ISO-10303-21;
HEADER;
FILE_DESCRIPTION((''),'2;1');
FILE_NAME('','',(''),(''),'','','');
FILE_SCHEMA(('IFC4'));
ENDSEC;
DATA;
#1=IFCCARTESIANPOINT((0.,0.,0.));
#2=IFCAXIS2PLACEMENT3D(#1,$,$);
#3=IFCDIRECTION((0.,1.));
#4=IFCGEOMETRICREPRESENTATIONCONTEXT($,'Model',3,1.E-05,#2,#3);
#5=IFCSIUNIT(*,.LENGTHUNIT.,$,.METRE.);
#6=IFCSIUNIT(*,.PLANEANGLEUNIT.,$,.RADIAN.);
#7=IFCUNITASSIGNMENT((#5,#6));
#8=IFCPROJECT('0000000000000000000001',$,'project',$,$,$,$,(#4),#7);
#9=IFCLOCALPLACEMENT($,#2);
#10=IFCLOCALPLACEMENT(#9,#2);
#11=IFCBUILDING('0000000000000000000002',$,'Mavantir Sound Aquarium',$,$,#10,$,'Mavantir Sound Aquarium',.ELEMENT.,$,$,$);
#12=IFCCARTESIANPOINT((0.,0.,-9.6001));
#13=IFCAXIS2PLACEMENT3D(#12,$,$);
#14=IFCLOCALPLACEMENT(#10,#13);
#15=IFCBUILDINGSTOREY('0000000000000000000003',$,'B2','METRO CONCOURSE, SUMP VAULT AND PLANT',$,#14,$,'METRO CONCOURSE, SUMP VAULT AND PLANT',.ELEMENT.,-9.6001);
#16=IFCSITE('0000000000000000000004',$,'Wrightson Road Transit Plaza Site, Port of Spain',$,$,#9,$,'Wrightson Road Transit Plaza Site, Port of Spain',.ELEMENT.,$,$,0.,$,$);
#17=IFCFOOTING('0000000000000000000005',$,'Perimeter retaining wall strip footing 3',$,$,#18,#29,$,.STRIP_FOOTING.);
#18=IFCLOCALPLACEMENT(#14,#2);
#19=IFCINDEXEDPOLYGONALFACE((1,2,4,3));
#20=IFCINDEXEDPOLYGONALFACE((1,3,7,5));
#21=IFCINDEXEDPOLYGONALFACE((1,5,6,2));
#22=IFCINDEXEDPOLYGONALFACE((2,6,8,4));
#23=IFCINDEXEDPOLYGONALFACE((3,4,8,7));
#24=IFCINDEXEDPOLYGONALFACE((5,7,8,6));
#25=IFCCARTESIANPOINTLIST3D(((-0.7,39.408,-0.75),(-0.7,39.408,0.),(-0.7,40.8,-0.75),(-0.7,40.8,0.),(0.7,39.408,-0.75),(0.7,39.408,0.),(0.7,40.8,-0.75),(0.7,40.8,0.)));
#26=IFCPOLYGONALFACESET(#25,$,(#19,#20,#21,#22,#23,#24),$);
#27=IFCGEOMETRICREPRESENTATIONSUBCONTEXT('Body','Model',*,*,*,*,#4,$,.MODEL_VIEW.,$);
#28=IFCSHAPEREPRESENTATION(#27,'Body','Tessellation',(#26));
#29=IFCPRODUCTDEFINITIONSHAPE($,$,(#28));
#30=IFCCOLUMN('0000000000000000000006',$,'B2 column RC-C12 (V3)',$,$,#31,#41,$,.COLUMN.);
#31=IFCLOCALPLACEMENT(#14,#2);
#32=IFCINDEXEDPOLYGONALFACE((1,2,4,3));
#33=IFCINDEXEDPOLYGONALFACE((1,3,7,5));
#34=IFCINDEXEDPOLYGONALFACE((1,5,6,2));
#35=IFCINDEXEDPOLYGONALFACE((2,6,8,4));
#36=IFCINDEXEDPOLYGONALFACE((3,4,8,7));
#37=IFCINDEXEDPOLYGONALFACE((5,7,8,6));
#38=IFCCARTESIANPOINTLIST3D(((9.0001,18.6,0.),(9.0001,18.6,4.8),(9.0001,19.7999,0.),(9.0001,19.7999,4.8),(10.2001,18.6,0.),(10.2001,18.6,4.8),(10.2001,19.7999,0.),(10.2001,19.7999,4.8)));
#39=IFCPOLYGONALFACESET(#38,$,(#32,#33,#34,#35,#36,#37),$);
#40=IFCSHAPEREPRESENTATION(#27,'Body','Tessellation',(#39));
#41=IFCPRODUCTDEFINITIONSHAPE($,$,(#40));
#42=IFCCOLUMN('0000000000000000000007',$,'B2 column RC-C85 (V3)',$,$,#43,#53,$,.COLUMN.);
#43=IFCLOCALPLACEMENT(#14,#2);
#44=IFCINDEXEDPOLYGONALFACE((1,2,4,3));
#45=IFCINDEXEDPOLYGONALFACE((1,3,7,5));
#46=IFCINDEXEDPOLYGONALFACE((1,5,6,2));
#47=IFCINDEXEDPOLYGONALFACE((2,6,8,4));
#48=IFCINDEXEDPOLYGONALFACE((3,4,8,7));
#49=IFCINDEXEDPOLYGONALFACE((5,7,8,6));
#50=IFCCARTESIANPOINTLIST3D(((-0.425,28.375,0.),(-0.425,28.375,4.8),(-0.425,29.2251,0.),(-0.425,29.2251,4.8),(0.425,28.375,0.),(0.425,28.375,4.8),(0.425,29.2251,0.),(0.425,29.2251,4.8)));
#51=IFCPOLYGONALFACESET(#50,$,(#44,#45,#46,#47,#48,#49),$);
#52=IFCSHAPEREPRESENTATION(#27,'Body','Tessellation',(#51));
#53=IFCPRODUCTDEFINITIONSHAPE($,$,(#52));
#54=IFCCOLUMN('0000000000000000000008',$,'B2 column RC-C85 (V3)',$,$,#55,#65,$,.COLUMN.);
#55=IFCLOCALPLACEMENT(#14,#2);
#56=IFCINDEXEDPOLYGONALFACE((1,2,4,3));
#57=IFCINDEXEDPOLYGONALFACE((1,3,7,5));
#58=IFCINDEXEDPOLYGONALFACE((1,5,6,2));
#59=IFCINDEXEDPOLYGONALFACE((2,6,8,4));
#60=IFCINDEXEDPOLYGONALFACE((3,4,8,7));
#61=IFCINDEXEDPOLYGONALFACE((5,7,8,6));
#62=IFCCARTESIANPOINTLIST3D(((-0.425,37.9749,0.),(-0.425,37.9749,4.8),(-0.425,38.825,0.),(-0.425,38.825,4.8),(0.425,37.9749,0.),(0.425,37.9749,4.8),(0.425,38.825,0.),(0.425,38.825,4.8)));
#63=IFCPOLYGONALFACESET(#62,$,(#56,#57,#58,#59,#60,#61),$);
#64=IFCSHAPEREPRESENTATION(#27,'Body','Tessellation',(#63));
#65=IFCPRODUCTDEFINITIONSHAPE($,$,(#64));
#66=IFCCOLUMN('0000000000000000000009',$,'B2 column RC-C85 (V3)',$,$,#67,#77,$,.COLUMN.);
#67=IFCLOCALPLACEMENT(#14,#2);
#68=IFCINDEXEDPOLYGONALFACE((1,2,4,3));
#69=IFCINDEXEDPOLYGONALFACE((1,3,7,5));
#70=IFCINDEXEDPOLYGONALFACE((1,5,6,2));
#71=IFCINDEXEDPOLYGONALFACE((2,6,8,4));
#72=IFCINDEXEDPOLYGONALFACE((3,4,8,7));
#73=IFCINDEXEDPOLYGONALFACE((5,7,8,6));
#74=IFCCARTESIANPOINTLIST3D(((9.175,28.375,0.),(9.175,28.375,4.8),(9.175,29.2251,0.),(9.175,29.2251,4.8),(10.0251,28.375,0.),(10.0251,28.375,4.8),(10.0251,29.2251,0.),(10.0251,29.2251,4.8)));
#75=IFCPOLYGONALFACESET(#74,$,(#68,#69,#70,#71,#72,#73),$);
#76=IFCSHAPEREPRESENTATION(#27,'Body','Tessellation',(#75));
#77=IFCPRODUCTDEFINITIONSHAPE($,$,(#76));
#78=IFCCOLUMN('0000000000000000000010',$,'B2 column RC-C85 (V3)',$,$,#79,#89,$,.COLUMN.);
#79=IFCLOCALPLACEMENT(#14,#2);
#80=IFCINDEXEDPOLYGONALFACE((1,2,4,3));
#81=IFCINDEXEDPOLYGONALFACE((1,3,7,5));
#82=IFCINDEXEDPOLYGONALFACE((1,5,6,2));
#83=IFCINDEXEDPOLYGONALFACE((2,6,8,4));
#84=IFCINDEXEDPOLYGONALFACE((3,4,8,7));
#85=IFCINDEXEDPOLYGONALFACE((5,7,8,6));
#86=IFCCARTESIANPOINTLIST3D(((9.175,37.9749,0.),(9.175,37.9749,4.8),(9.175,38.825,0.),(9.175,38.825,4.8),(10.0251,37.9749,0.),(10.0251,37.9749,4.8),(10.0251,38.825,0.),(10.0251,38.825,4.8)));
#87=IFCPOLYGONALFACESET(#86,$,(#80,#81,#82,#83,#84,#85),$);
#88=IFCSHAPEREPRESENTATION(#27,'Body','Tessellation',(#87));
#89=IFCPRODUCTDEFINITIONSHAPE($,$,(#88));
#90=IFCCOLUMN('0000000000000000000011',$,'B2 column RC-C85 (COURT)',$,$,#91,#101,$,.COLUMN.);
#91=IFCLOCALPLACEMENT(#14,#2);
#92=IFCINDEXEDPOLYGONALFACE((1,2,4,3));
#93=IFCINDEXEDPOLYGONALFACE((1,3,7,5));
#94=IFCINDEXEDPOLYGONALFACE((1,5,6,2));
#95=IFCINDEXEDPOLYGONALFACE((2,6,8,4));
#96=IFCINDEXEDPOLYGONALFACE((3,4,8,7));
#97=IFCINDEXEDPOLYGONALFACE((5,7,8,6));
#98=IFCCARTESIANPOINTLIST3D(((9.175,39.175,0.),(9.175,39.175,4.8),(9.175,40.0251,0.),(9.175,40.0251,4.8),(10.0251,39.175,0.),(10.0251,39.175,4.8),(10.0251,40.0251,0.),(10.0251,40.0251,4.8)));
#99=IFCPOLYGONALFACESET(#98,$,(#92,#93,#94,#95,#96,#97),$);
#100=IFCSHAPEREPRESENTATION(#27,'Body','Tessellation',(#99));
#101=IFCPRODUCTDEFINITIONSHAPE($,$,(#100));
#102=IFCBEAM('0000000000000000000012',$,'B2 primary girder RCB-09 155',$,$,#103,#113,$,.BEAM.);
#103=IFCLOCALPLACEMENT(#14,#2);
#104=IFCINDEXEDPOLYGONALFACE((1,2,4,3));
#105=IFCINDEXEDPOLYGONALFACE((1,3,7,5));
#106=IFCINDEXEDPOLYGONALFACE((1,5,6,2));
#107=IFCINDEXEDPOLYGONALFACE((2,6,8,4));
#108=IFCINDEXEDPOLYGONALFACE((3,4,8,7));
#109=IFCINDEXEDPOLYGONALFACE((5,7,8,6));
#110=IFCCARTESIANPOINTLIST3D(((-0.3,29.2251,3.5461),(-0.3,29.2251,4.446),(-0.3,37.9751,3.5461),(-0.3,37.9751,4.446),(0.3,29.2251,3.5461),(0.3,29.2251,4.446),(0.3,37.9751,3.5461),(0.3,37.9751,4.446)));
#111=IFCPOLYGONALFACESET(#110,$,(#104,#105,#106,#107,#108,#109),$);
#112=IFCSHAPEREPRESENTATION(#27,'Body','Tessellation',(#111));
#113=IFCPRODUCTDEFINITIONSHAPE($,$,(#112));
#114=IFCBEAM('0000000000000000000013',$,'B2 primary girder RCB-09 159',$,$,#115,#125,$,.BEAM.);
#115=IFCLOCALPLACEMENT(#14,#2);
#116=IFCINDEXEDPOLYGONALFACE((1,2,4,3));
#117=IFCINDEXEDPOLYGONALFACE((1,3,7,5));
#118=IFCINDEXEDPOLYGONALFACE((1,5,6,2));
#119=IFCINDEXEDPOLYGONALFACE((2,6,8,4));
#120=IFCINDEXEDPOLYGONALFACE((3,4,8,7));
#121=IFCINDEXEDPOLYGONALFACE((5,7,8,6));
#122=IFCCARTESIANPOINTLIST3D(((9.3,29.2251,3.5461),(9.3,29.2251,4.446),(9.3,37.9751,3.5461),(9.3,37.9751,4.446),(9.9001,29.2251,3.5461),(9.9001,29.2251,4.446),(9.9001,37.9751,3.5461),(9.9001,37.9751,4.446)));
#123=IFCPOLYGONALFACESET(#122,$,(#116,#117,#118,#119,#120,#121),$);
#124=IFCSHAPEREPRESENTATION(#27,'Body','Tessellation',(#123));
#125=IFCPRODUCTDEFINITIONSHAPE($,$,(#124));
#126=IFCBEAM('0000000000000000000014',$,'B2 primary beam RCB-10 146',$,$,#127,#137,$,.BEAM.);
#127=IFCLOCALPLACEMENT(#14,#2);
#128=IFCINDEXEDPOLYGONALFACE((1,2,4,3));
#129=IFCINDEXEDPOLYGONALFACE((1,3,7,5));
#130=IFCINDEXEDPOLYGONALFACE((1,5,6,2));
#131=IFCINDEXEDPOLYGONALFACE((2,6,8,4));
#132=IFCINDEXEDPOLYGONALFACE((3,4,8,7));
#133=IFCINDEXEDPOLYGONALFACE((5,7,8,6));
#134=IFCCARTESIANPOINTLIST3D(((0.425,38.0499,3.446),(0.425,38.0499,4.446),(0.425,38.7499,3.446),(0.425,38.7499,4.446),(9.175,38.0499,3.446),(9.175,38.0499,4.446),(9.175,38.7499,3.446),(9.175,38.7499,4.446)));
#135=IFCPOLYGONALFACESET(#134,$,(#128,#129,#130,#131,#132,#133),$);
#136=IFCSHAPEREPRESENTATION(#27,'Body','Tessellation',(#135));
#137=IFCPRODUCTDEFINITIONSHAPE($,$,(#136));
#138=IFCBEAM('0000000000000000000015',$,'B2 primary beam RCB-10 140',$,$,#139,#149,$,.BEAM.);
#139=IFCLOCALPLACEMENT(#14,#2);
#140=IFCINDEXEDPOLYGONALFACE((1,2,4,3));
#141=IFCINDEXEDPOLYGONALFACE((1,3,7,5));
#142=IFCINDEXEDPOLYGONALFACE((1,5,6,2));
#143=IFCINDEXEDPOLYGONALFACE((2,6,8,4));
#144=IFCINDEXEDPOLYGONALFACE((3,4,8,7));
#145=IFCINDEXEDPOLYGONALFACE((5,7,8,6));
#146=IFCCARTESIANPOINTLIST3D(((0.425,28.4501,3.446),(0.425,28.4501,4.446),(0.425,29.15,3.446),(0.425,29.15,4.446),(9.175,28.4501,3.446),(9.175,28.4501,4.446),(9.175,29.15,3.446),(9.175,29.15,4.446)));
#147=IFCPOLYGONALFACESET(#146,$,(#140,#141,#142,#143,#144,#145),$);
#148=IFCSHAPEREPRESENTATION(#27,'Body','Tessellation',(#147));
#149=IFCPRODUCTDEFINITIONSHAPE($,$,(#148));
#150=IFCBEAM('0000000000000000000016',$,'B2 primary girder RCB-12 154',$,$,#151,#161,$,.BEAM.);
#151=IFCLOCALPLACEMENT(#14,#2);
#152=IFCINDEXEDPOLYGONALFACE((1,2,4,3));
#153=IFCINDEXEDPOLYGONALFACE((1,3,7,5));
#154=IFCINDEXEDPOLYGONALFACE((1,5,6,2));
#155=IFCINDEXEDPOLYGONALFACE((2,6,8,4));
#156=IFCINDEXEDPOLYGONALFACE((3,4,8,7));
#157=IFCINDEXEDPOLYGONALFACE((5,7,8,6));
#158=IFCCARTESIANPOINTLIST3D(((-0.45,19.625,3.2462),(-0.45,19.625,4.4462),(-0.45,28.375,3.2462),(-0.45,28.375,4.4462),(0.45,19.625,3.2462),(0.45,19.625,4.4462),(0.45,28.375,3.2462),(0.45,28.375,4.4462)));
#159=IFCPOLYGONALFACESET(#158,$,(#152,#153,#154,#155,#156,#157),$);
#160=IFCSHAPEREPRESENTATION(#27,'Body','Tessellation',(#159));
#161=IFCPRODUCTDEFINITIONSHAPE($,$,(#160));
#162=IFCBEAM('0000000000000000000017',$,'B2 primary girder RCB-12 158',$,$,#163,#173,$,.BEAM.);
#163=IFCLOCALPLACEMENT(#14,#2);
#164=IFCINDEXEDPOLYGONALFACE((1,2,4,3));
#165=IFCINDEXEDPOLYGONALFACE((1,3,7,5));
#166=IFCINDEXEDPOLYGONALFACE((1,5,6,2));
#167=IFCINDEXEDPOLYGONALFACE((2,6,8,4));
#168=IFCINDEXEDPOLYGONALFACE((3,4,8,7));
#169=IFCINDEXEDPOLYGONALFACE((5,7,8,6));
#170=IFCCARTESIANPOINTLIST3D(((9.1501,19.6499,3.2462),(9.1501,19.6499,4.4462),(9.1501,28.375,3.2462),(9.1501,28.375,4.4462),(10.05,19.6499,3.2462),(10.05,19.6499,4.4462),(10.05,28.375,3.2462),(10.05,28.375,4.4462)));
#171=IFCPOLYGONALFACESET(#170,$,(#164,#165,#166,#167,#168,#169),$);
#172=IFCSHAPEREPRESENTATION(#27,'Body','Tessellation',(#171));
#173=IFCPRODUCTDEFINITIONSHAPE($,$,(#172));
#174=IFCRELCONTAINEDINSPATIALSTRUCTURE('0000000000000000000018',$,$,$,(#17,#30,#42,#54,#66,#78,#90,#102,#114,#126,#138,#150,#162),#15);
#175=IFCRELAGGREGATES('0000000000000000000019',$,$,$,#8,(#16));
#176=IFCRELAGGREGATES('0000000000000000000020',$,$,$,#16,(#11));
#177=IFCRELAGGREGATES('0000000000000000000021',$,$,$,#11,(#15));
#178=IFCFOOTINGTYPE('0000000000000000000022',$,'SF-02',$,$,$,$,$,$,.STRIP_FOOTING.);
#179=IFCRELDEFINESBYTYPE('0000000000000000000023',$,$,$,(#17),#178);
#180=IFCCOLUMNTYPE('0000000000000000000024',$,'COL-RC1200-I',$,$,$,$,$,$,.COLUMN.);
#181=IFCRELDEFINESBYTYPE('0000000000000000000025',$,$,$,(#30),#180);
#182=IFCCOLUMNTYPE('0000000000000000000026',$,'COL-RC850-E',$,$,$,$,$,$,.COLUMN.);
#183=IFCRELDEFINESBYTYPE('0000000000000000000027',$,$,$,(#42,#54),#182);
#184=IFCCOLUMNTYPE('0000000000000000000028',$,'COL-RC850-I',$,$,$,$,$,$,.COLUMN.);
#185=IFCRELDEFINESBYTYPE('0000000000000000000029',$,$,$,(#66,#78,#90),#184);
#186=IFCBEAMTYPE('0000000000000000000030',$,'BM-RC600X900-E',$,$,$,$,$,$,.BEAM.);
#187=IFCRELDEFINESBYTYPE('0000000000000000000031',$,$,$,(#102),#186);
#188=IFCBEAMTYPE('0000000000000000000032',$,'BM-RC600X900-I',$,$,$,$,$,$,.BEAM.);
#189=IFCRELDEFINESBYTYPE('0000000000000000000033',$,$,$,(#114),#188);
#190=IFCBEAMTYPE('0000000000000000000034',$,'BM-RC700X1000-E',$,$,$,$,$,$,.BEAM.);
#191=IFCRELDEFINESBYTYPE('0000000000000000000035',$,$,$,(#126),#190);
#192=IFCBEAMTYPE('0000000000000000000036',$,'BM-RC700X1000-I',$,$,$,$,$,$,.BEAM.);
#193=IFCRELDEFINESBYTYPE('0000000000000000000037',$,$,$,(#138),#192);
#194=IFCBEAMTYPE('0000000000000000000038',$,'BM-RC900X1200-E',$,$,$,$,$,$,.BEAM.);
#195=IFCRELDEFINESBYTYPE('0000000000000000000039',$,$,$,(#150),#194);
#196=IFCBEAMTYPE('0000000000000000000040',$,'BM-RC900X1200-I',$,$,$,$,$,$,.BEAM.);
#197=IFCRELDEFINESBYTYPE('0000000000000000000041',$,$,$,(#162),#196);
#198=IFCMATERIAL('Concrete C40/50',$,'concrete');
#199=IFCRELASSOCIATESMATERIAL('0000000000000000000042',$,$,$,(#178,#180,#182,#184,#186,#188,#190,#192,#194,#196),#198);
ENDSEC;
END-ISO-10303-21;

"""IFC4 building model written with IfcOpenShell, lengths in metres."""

from ifc_helpers import new_model, si_unit, direction, frame, origin, origin_2d, place, context, subcontext, project, spatial, rectangle, extrude, material, material_profile, profile_set, type_object, element, save


model = new_model("IFC4")

# Units and contexts
model_context = context("Model", 3, precision=1e-05, world=origin(), true_north=direction((0.0, 1.0)))
body_context = subcontext(model_context, "Body", "Model", "MODEL_VIEW")
ifc_project = project(units=[si_unit("LENGTHUNIT", "METRE"), si_unit("PLANEANGLEUNIT", "RADIAN")], contexts=[model_context])

# Site, building, storey
site_placement = place(None, origin())
site = spatial("IfcSite", under=ifc_project, at=site_placement, Name="Wrightson Road Transit Plaza Site, Port of Spain", LongName="Wrightson Road Transit Plaza Site, Port of Spain", CompositionType="ELEMENT", RefElevation=0.0)
building_placement = place(site_placement, origin())
building = spatial("IfcBuilding", under=site, at=building_placement, Name="Mavantir Sound Aquarium", LongName="Mavantir Sound Aquarium", CompositionType="ELEMENT")
storey_placement = place(building_placement, frame((0.0, 0.0, -9.6001)))
storey = spatial("IfcBuildingStorey", under=building, at=storey_placement, Name="B2", Description="METRO CONCOURSE, SUMP VAULT AND PLANT", LongName="METRO CONCOURSE, SUMP VAULT AND PLANT", CompositionType="ELEMENT", Elevation=-9.6001)

# Shared definitions
ifc_material_1 = material(Name="Concrete C40/50", Category="concrete")

# Footing
ifc_material_profile_1 = material_profile(ifc_material_1, rectangle(XDim=1.3999, YDim=0.75, at=origin_2d()), Name="RC 1400X750")
ifc_profile_set_1 = profile_set([ifc_material_profile_1], Name="Concrete C40/50")
footing_type_1 = type_object("IfcFootingType", Name="SF-02", PredefinedType="STRIP_FOOTING", material=ifc_profile_set_1)
footing_1_placement = place(storey_placement, frame((0.0, 39.408, -0.375), z_axis=(0.0, 1.0, 0.0), x_axis=(-1.0, 0.0, 0.0)))
element("IfcFooting", 1, at=footing_1_placement, inside=storey, type_object=footing_type_1, Name="Perimeter retaining wall strip footing 3", PredefinedType="STRIP_FOOTING", context=body_context, shape_type="SweptSolid", body=[
    extrude(rectangle(XDim=1.3999, YDim=0.75, at=origin_2d()), origin(), (0.0, 0.0, 1.0), 1.3921),
])

# Columns
ifc_material_profile_2 = material_profile(ifc_material_1, rectangle(XDim=1.2, YDim=1.2, at=origin_2d()), Name="RC 1200X1200")
ifc_profile_set_2 = profile_set([ifc_material_profile_2], Name="Concrete C40/50")
column_type_1 = type_object("IfcColumnType", Name="COL-RC1200-I", PredefinedType="COLUMN", material=ifc_profile_set_2)
column_placement = place(storey_placement, frame((9.6001, 19.2, 0.0), z_axis=(0.0, 0.0, 1.0), x_axis=(1.0, 0.0, 0.0)))
element("IfcColumn", 2, at=column_placement, inside=storey, type_object=column_type_1, Name="B2 column RC-C12 (V3)", PredefinedType="COLUMN", context=body_context, shape_type="SweptSolid", body=[
    extrude(rectangle(XDim=1.2, YDim=1.2, at=origin_2d()), origin(), (0.0, 0.0, 1.0), 4.8),
])
ifc_material_profile_3 = material_profile(ifc_material_1, rectangle(XDim=0.8501, YDim=0.8501, at=origin_2d()), Name="RC 850X850")
ifc_profile_set_3 = profile_set([ifc_material_profile_3], Name="Concrete C40/50")
column_type_2 = type_object("IfcColumnType", Name="COL-RC850-E", PredefinedType="COLUMN", material=ifc_profile_set_3)
for number, where, z_axis, x_axis, name in (
    (3, (0.0, 28.8, 0.0), (0.0, 0.0, 1.0), (1.0, 0.0, 0.0), "B2 column RC-C85 (V3)"),
    (4, (0.0, 38.3999, 0.0), (0.0, 0.0, 1.0), (1.0, 0.0, 0.0), "B2 column RC-C85 (V3)"),
):
    element("IfcColumn", number, at=place(storey_placement, frame(where, z_axis=z_axis, x_axis=x_axis)), inside=storey, type_object=column_type_2, Name=name, PredefinedType="COLUMN", context=body_context, shape_type="SweptSolid", body=[
        extrude(rectangle(XDim=0.8501, YDim=0.8501, at=origin_2d()), origin(), (0.0, 0.0, 1.0), 4.8),
    ])
ifc_material_profile_4 = material_profile(ifc_material_1, rectangle(XDim=0.8501, YDim=0.8501, at=origin_2d()), Name="RC 850X850")
ifc_profile_set_4 = profile_set([ifc_material_profile_4], Name="Concrete C40/50")
column_type_3 = type_object("IfcColumnType", Name="COL-RC850-I", PredefinedType="COLUMN", material=ifc_profile_set_4)
for number, where, z_axis, x_axis, name in (
    (5, (9.6001, 28.8, 0.0), (0.0, 0.0, 1.0), (1.0, 0.0, 0.0), "B2 column RC-C85 (V3)"),
    (6, (9.6001, 38.3999, 0.0), (0.0, 0.0, 1.0), (1.0, 0.0, 0.0), "B2 column RC-C85 (V3)"),
    (7, (9.6001, 39.6001, 0.0), (0.0, 0.0, 1.0), (1.0, 0.0, 0.0), "B2 column RC-C85 (COURT)"),
):
    element("IfcColumn", number, at=place(storey_placement, frame(where, z_axis=z_axis, x_axis=x_axis)), inside=storey, type_object=column_type_3, Name=name, PredefinedType="COLUMN", context=body_context, shape_type="SweptSolid", body=[
        extrude(rectangle(XDim=0.8501, YDim=0.8501, at=origin_2d()), origin(), (0.0, 0.0, 1.0), 4.8),
    ])

# Beams
ifc_material_profile_5 = material_profile(ifc_material_1, rectangle(XDim=0.6001, YDim=0.8999, at=origin_2d()), Name="RC 600X900")
ifc_profile_set_5 = profile_set([ifc_material_profile_5], Name="Concrete C40/50")
beam_type_1 = type_object("IfcBeamType", Name="BM-RC600X900-E", PredefinedType="BEAM", material=ifc_profile_set_5)
beam_1_placement = place(storey_placement, frame((0.0, 29.2251, 3.9961), z_axis=(0.0, 1.0, 0.0), x_axis=(-1.0, 0.0, 0.0)))
element("IfcBeam", 8, at=beam_1_placement, inside=storey, type_object=beam_type_1, Name="B2 primary girder RCB-09 155", PredefinedType="BEAM", context=body_context, shape_type="SweptSolid", body=[
    extrude(rectangle(XDim=0.6001, YDim=0.8999, at=origin_2d()), origin(), (0.0, 0.0, 1.0), 8.75),
])
ifc_material_profile_6 = material_profile(ifc_material_1, rectangle(XDim=0.6001, YDim=0.8999, at=origin_2d()), Name="RC 600X900")
ifc_profile_set_6 = profile_set([ifc_material_profile_6], Name="Concrete C40/50")
beam_type_2 = type_object("IfcBeamType", Name="BM-RC600X900-I", PredefinedType="BEAM", material=ifc_profile_set_6)
beam_2_placement = place(storey_placement, frame((9.6001, 29.2251, 3.9961), z_axis=(0.0, 1.0, 0.0), x_axis=(-1.0, 0.0, 0.0)))
element("IfcBeam", 9, at=beam_2_placement, inside=storey, type_object=beam_type_2, Name="B2 primary girder RCB-09 159", PredefinedType="BEAM", context=body_context, shape_type="SweptSolid", body=[
    extrude(rectangle(XDim=0.6001, YDim=0.8999, at=origin_2d()), origin(), (0.0, 0.0, 1.0), 8.75),
])
ifc_material_profile_7 = material_profile(ifc_material_1, rectangle(XDim=0.7, YDim=1.0, at=origin_2d()), Name="RC 700X1000")
ifc_profile_set_7 = profile_set([ifc_material_profile_7], Name="Concrete C40/50")
beam_type_3 = type_object("IfcBeamType", Name="BM-RC700X1000-E", PredefinedType="BEAM", material=ifc_profile_set_7)
beam_3_placement = place(storey_placement, frame((0.425, 38.3999, 3.946), z_axis=(1.0, 0.0, 0.0), x_axis=(0.0, 1.0, 0.0)))
element("IfcBeam", 10, at=beam_3_placement, inside=storey, type_object=beam_type_3, Name="B2 primary beam RCB-10 146", PredefinedType="BEAM", context=body_context, shape_type="SweptSolid", body=[
    extrude(rectangle(XDim=0.7, YDim=1.0, at=origin_2d()), origin(), (0.0, 0.0, 1.0), 8.75),
])
ifc_material_profile_8 = material_profile(ifc_material_1, rectangle(XDim=0.7, YDim=1.0, at=origin_2d()), Name="RC 700X1000")
ifc_profile_set_8 = profile_set([ifc_material_profile_8], Name="Concrete C40/50")
beam_type_4 = type_object("IfcBeamType", Name="BM-RC700X1000-I", PredefinedType="BEAM", material=ifc_profile_set_8)
beam_4_placement = place(storey_placement, frame((0.425, 28.8, 3.946), z_axis=(1.0, 0.0, 0.0), x_axis=(0.0, 1.0, 0.0)))
element("IfcBeam", 11, at=beam_4_placement, inside=storey, type_object=beam_type_4, Name="B2 primary beam RCB-10 140", PredefinedType="BEAM", context=body_context, shape_type="SweptSolid", body=[
    extrude(rectangle(XDim=0.7, YDim=1.0, at=origin_2d()), origin(), (0.0, 0.0, 1.0), 8.75),
])
ifc_material_profile_9 = material_profile(ifc_material_1, rectangle(XDim=0.8999, YDim=1.2, at=origin_2d()), Name="RC 900X1200")
ifc_profile_set_9 = profile_set([ifc_material_profile_9], Name="Concrete C40/50")
beam_type_5 = type_object("IfcBeamType", Name="BM-RC900X1200-E", PredefinedType="BEAM", material=ifc_profile_set_9)
beam_5_placement = place(storey_placement, frame((0.0, 19.625, 3.8462), z_axis=(0.0, 1.0, 0.0), x_axis=(-1.0, 0.0, 0.0)))
element("IfcBeam", 12, at=beam_5_placement, inside=storey, type_object=beam_type_5, Name="B2 primary girder RCB-12 154", PredefinedType="BEAM", context=body_context, shape_type="SweptSolid", body=[
    extrude(rectangle(XDim=0.8999, YDim=1.2, at=origin_2d()), origin(), (0.0, 0.0, 1.0), 8.75),
])
ifc_material_profile_10 = material_profile(ifc_material_1, rectangle(XDim=0.8999, YDim=1.2, at=origin_2d()), Name="RC 900X1200")
ifc_profile_set_10 = profile_set([ifc_material_profile_10], Name="Concrete C40/50")
beam_type_6 = type_object("IfcBeamType", Name="BM-RC900X1200-I", PredefinedType="BEAM", material=ifc_profile_set_10)
beam_6_placement = place(storey_placement, frame((9.6001, 19.6499, 3.8462), z_axis=(0.0, 1.0, 0.0), x_axis=(-1.0, 0.0, 0.0)))
element("IfcBeam", 13, at=beam_6_placement, inside=storey, type_object=beam_type_6, Name="B2 primary girder RCB-12 158", PredefinedType="BEAM", context=body_context, shape_type="SweptSolid", body=[
    extrude(rectangle(XDim=0.8999, YDim=1.2, at=origin_2d()), origin(), (0.0, 0.0, 1.0), 8.7251),
])

save(model, "model.ifc")
